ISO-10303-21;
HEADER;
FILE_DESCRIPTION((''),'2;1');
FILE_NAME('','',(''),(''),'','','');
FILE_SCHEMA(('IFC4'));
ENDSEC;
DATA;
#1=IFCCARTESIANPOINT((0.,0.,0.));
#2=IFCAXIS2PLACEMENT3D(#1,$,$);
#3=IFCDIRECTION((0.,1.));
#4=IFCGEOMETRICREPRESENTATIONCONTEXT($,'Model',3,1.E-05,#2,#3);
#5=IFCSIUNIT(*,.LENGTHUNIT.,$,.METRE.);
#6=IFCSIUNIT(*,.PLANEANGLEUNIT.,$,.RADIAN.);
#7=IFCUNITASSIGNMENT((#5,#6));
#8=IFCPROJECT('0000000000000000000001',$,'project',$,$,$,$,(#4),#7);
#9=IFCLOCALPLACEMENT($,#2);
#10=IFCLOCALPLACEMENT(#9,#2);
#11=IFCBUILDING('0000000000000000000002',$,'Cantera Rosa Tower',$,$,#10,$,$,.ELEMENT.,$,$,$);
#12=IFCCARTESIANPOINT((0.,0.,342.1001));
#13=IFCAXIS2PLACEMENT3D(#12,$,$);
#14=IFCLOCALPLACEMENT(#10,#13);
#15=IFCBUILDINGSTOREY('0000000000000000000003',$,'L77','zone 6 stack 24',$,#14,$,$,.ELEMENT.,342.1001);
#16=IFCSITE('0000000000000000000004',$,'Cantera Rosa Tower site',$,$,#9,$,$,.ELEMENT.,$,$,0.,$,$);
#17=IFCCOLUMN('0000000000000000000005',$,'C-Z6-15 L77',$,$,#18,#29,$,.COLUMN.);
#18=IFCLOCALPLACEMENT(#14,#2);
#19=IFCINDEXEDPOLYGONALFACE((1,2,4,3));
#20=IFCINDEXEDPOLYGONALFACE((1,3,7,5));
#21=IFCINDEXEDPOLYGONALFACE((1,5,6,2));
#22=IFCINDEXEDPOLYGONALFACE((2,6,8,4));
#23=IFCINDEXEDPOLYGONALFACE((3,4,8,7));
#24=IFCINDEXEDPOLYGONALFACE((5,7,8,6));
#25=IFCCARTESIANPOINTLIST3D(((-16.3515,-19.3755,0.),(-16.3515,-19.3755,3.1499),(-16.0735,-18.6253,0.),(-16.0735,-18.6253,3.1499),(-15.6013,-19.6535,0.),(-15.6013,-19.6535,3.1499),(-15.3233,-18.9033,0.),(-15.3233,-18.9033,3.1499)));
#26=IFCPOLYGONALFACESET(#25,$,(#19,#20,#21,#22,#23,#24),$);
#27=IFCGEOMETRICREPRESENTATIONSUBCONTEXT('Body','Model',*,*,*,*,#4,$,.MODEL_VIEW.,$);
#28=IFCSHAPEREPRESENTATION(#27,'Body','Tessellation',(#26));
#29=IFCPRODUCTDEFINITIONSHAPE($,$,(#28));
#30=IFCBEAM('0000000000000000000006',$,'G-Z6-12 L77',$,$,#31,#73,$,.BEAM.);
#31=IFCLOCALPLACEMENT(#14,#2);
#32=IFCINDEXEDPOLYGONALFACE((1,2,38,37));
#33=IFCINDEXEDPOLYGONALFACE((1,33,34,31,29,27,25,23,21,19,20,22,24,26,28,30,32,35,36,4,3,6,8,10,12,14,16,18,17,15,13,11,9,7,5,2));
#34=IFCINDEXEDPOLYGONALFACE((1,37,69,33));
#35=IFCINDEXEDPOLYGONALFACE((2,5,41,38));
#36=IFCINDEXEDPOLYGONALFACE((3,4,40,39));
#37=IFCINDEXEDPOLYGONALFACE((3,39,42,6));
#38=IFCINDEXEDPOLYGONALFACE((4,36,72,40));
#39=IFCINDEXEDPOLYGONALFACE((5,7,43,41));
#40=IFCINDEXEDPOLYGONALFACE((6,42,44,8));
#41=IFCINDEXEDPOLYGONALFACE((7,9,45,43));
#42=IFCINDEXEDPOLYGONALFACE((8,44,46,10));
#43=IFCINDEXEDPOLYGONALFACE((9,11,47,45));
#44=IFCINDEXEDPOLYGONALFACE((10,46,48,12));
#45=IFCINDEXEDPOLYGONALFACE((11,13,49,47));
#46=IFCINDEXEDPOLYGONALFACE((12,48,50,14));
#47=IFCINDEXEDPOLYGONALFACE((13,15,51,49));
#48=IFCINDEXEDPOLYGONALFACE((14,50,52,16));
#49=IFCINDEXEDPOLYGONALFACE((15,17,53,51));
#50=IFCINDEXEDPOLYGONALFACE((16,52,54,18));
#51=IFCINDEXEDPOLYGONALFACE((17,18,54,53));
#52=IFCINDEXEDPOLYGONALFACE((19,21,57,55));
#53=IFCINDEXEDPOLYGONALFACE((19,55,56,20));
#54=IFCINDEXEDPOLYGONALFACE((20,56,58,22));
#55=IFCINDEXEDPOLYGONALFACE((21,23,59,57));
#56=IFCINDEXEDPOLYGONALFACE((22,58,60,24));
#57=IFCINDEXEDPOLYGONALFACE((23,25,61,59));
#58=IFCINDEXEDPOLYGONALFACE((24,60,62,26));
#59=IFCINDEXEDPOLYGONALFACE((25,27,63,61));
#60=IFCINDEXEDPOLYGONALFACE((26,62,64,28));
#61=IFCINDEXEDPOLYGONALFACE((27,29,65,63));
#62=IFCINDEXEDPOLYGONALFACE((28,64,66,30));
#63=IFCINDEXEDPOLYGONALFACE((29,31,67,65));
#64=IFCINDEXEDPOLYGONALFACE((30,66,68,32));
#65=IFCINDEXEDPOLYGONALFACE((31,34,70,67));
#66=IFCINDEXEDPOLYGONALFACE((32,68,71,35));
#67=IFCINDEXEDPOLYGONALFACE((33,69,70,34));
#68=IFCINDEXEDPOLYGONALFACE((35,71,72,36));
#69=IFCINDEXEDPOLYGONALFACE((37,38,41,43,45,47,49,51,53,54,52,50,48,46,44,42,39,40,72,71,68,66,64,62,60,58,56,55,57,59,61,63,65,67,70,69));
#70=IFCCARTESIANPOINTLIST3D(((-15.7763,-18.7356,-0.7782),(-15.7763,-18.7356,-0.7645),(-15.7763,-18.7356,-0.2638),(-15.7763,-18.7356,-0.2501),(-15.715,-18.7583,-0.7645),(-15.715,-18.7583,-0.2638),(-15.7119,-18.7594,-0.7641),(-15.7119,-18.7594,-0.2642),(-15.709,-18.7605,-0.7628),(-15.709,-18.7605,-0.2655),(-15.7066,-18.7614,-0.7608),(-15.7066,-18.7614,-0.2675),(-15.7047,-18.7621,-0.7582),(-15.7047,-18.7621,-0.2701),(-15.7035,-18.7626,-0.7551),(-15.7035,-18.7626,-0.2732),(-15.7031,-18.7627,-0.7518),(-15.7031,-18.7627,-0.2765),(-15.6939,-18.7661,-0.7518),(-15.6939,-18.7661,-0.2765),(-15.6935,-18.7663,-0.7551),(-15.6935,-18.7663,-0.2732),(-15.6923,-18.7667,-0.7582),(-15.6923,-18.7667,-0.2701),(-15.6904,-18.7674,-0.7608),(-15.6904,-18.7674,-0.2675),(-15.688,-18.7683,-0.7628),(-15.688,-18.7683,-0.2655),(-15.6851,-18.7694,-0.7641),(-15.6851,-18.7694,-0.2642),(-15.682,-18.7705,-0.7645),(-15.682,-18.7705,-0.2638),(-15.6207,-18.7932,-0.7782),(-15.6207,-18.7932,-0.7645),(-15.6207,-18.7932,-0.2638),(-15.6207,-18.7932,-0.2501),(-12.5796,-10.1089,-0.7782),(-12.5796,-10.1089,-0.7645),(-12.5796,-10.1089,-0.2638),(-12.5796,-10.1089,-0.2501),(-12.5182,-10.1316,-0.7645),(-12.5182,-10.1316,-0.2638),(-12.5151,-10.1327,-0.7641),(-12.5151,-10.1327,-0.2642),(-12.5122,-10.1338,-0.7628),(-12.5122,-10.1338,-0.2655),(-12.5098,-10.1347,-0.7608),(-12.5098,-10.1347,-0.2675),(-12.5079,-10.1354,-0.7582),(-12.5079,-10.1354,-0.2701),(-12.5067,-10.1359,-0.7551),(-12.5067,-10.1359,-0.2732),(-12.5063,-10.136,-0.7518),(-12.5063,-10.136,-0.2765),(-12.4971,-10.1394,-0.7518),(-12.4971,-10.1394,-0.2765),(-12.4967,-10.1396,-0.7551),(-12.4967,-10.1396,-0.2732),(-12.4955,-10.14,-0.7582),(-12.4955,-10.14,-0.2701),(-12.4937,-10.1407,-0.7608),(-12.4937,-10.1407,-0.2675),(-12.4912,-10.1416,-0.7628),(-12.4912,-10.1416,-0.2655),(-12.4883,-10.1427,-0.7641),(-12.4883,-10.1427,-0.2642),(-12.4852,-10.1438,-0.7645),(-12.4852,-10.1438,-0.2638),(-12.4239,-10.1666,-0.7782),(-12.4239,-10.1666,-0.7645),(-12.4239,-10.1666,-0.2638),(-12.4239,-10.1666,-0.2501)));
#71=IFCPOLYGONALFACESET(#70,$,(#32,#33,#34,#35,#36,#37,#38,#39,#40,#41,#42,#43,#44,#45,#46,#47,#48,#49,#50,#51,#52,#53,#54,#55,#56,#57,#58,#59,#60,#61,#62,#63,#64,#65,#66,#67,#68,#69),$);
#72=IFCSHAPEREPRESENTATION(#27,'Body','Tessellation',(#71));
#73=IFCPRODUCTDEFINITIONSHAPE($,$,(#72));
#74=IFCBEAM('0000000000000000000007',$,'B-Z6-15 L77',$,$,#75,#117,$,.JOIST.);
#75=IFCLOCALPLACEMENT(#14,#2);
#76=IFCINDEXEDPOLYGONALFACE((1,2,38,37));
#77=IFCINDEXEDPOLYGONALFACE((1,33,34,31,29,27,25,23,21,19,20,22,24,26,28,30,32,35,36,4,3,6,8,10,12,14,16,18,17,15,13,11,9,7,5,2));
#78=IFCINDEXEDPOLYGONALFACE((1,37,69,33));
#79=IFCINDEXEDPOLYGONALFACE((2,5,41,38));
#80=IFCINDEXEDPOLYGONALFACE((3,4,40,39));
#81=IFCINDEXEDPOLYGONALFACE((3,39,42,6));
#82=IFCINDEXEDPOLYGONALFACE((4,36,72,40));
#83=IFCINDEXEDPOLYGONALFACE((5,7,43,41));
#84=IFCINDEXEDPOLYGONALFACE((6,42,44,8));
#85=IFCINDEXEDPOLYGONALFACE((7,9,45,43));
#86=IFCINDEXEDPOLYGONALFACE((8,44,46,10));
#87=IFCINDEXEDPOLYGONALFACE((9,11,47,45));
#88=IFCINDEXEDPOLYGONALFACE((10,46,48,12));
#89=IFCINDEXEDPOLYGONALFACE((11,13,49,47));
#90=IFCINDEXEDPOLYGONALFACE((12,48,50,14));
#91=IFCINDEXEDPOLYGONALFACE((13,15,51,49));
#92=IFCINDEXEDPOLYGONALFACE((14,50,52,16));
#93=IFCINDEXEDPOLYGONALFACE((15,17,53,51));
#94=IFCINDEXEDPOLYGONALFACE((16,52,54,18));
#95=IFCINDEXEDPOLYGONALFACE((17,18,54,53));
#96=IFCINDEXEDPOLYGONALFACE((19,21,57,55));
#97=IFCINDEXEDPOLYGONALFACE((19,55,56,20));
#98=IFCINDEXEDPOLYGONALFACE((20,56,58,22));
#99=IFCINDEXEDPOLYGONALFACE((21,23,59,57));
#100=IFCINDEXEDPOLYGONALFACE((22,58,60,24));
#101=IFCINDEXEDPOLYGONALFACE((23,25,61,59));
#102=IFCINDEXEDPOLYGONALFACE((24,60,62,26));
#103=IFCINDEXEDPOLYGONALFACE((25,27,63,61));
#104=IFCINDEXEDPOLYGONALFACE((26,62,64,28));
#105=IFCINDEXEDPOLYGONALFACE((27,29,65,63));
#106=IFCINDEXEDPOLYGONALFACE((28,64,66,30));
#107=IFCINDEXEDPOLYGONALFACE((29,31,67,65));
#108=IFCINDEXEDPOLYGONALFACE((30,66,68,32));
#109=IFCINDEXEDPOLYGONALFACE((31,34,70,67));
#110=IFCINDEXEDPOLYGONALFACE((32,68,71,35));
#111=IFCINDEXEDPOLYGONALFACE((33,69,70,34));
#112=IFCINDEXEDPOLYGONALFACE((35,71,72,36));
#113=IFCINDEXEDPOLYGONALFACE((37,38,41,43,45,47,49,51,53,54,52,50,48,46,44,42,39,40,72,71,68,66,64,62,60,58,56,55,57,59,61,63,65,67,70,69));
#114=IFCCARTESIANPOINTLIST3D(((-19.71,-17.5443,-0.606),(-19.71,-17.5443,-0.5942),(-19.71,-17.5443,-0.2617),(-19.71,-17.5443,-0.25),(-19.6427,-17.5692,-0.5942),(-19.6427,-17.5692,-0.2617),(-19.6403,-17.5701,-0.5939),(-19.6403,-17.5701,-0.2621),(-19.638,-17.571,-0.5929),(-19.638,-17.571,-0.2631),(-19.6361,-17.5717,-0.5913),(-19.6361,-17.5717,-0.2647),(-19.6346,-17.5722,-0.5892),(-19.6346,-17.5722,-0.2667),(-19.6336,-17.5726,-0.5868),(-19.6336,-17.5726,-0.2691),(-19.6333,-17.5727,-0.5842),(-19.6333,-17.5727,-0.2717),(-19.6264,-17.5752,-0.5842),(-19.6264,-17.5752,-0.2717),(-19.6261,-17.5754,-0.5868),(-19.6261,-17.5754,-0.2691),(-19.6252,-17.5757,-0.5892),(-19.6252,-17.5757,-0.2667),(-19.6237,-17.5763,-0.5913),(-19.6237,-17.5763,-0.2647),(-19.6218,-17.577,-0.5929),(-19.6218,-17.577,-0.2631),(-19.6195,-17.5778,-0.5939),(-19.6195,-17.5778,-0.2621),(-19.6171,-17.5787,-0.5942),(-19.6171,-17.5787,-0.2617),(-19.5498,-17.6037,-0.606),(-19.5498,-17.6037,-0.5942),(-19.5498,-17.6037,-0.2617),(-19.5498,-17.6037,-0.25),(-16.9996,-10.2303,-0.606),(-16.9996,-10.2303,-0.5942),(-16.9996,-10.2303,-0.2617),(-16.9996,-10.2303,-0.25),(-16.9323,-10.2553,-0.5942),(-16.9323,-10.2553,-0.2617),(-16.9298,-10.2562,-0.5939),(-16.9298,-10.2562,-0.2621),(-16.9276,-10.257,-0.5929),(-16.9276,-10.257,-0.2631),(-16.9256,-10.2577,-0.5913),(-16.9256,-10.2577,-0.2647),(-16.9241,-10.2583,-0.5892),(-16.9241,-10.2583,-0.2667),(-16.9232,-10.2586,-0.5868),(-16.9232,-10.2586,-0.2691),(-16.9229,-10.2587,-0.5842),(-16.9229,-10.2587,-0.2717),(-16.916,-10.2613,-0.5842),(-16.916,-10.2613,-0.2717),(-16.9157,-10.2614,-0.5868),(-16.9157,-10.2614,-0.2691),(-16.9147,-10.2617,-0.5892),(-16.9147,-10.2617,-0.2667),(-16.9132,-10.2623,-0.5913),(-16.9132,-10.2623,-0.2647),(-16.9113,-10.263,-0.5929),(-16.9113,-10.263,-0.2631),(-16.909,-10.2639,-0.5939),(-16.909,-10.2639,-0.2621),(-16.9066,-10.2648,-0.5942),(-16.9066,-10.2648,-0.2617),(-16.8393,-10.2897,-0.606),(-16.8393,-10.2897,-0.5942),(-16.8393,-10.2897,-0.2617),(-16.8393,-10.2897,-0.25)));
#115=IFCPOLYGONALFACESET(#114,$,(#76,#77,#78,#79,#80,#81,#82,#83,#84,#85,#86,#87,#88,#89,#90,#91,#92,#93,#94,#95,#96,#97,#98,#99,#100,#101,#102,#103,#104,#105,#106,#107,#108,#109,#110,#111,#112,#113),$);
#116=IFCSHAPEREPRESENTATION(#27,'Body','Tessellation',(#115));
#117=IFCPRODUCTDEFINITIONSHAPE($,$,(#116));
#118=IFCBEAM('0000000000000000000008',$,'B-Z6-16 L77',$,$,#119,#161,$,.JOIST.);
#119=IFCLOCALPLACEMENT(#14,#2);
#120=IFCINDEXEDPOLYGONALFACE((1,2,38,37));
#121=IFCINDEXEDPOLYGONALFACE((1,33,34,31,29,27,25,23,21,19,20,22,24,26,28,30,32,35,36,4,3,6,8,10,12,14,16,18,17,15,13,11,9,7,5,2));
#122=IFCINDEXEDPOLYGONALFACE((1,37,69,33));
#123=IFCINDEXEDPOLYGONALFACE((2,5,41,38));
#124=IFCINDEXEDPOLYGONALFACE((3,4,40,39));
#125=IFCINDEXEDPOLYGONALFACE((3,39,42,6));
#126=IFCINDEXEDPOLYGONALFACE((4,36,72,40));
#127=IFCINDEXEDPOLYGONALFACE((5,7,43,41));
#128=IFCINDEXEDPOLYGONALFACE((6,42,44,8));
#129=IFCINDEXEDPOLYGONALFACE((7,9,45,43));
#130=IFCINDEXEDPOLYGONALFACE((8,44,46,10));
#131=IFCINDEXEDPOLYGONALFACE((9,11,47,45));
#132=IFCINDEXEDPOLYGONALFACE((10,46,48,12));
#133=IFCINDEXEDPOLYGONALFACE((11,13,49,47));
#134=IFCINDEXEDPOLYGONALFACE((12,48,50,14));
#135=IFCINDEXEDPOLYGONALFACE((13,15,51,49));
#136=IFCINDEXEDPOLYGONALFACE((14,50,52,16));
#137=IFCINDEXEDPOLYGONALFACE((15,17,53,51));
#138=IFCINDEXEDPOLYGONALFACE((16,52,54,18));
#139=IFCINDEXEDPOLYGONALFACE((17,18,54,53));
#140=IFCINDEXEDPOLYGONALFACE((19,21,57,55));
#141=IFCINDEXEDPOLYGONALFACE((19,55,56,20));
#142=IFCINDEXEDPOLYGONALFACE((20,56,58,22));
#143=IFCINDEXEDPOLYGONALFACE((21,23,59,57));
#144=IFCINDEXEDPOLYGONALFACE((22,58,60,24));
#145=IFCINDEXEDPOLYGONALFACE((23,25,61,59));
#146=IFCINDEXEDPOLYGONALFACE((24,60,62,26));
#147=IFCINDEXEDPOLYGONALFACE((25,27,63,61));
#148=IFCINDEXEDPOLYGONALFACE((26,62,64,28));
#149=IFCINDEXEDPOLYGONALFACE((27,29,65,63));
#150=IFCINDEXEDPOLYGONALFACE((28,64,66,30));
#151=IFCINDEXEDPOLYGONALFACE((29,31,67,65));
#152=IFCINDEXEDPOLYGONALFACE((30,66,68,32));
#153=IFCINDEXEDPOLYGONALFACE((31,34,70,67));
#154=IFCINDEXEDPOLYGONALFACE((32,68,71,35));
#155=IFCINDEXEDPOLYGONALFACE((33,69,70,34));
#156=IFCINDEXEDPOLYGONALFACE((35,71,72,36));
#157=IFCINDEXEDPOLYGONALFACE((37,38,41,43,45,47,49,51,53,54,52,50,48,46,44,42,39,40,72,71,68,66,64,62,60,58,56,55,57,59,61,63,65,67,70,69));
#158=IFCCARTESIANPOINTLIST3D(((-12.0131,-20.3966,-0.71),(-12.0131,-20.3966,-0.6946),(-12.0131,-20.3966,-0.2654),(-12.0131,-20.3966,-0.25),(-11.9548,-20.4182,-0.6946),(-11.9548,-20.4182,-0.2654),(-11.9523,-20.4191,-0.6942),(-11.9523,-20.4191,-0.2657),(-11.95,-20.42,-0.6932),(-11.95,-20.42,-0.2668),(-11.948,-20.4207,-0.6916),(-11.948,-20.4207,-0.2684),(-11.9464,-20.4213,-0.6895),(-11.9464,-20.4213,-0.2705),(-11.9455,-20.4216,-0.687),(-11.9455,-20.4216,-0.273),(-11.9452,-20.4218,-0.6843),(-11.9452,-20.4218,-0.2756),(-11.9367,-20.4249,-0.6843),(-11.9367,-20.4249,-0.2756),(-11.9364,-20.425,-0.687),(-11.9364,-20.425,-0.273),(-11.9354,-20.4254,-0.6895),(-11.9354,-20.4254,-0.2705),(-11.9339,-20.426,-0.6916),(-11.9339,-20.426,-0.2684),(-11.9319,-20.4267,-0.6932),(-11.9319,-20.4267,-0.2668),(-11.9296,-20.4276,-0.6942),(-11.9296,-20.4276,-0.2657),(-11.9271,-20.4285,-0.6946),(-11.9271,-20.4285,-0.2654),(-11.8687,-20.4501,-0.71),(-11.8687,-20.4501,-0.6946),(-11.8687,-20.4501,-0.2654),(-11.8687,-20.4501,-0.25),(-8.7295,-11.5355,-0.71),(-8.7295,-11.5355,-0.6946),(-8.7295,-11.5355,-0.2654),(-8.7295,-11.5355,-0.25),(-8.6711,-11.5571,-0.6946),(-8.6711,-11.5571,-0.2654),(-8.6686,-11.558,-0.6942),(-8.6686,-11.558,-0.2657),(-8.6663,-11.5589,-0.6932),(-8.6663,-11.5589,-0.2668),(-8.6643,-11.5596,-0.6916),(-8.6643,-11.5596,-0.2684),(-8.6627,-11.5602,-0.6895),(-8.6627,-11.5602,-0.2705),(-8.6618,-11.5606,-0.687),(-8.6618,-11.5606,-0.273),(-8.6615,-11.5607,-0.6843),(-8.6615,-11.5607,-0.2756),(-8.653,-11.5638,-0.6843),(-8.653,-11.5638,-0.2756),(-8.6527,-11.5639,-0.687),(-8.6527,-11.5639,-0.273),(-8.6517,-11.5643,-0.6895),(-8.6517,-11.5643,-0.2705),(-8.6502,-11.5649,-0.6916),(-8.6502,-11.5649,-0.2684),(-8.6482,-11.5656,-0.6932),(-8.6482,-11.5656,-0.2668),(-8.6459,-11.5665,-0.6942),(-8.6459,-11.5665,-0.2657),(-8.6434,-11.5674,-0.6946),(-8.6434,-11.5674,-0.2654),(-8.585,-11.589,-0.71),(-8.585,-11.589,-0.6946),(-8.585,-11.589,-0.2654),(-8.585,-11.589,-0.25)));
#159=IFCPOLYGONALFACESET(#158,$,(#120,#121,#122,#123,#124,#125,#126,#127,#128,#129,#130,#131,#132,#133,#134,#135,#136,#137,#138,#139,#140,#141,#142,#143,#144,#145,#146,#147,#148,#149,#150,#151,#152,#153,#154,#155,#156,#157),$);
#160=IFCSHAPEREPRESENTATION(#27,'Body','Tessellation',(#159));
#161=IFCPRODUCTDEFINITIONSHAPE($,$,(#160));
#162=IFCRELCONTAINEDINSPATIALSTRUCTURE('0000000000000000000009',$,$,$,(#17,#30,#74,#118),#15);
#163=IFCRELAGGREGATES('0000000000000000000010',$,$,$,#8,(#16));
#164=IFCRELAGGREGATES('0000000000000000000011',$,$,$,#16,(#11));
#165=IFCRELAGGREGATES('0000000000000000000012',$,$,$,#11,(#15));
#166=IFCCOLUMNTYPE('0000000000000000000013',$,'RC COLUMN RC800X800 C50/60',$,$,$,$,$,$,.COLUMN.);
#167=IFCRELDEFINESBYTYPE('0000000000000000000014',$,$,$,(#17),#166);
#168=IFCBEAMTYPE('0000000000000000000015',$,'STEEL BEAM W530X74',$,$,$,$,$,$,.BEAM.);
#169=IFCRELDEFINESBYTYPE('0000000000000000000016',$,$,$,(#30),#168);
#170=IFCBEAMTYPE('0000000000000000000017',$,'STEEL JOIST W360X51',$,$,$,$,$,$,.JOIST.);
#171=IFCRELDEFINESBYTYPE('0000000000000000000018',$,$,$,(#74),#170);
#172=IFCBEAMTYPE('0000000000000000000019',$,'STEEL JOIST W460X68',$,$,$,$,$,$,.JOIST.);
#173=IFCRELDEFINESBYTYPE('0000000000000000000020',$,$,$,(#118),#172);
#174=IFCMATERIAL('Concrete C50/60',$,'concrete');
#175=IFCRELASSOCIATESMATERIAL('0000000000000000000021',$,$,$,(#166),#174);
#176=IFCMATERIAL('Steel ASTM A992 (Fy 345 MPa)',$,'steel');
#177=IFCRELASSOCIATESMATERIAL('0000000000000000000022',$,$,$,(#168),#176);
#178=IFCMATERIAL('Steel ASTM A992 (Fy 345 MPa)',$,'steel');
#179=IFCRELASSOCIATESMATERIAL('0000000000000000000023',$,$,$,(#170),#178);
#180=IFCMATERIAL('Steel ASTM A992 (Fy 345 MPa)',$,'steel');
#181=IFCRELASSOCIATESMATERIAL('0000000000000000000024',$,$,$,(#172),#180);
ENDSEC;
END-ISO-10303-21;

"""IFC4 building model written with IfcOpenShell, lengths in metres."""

from ifc_helpers import new_model, si_unit, direction, frame, origin, origin_2d, place, context, subcontext, project, spatial, rectangle, i_section, extrude, material, material_profile, profile_set, type_object, element, save


model = new_model("IFC4")

# Units and contexts
model_context = context("Model", 3, precision=1e-05, world=origin(), true_north=direction((0.0, 1.0)))
body_context = subcontext(model_context, "Body", "Model", "MODEL_VIEW")
ifc_project = project(units=[si_unit("LENGTHUNIT", "METRE"), si_unit("PLANEANGLEUNIT", "RADIAN")], contexts=[model_context])

# Site, building, storey
site_placement = place(None, origin())
site = spatial("IfcSite", under=ifc_project, at=site_placement, Name="Cantera Rosa Tower site", CompositionType="ELEMENT", RefElevation=0.0)
building_placement = place(site_placement, origin())
building = spatial("IfcBuilding", under=site, at=building_placement, Name="Cantera Rosa Tower", CompositionType="ELEMENT")
storey_placement = place(building_placement, frame((0.0, 0.0, 342.1001)))
storey = spatial("IfcBuildingStorey", under=building, at=storey_placement, Name="L77", Description="zone 6 stack 24", CompositionType="ELEMENT", Elevation=342.1001)

# Column
ifc_material_1 = material(Name="Concrete C50/60", Category="concrete")
ifc_material_profile_1 = material_profile(ifc_material_1, rectangle(XDim=0.8, YDim=0.8, at=origin_2d()), Name="RC COLUMN RC800X800 C50/60")
ifc_profile_set_1 = profile_set([ifc_material_profile_1], Name="Concrete C50/60")
column_type = type_object("IfcColumnType", Name="RC COLUMN RC800X800 C50/60", PredefinedType="COLUMN", material=ifc_profile_set_1)
column_placement = place(storey_placement, frame((-15.8374, -19.1394, 0.0), z_axis=(0.0, 0.0, 1.0), x_axis=(0.347481, 0.937687, 0.0)))
element("IfcColumn", 1, at=column_placement, inside=storey, type_object=column_type, Name="C-Z6-15 L77", PredefinedType="COLUMN", context=body_context, shape_type="SweptSolid", body=[
    extrude(rectangle(XDim=0.8, YDim=0.8, at=origin_2d()), origin(), (0.0, 0.0, 1.0), 3.1499),
])

# Beams
ifc_material_2 = material(Name="Steel ASTM A992 (Fy 345 MPa)", Category="steel")
ifc_material_profile_2 = material_profile(ifc_material_2, i_section(OverallWidth=0.166, OverallDepth=0.5281, WebThickness=0.0098, FlangeThickness=0.0137, FilletRadius=0.0127, at=origin_2d()), Name="W530X74")
ifc_profile_set_2 = profile_set([ifc_material_profile_2], Name="Steel ASTM A992 (Fy 345 MPa)")
beam_type_1 = type_object("IfcBeamType", Name="STEEL BEAM W530X74", PredefinedType="BEAM", material=ifc_profile_set_2)
beam_1_placement = place(storey_placement, frame((-15.6985, -18.7644, -0.5142), z_axis=(0.347477, 0.937689, 0.0), x_axis=(-0.937689, 0.347477, 0.0)))
element("IfcBeam", 2, at=beam_1_placement, inside=storey, type_object=beam_type_1, Name="G-Z6-12 L77", PredefinedType="BEAM", context=body_context, shape_type="SweptSolid", body=[
    extrude(i_section(OverallWidth=0.166, OverallDepth=0.5281, WebThickness=0.0098, FlangeThickness=0.0137, FilletRadius=0.0127, at=origin_2d()), origin(), (0.0, 0.0, 1.0), 9.2),
])
ifc_material_3 = material(Name="Steel ASTM A992 (Fy 345 MPa)", Category="steel")
ifc_material_profile_3 = material_profile(ifc_material_3, i_section(OverallWidth=0.1709, OverallDepth=0.356, WebThickness=0.0073, FlangeThickness=0.0117, FilletRadius=0.01, at=origin_2d()), Name="W360X51")
ifc_profile_set_3 = profile_set([ifc_material_profile_3], Name="Steel ASTM A992 (Fy 345 MPa)")
beam_type_2 = type_object("IfcBeamType", Name="STEEL JOIST W360X51", PredefinedType="JOIST", material=ifc_profile_set_3)
beam_2_placement = place(storey_placement, frame((-19.6299, -17.574, -0.428), z_axis=(0.347492, 0.937683, 0.0), x_axis=(-0.937683, 0.347492, 0.0)))
element("IfcBeam", 3, at=beam_2_placement, inside=storey, type_object=beam_type_2, Name="B-Z6-15 L77", PredefinedType="JOIST", context=body_context, shape_type="SweptSolid", body=[
    extrude(i_section(OverallWidth=0.1709, OverallDepth=0.356, WebThickness=0.0073, FlangeThickness=0.0117, FilletRadius=0.01, at=origin_2d()), origin(), (0.0, 0.0, 1.0), 7.8),
])
ifc_material_4 = material(Name="Steel ASTM A992 (Fy 345 MPa)", Category="steel")
ifc_material_profile_4 = material_profile(ifc_material_4, i_section(OverallWidth=0.1541, OverallDepth=0.46, WebThickness=0.009, FlangeThickness=0.0154, FilletRadius=0.0103, at=origin_2d()), Name="W460X68")
ifc_profile_set_4 = profile_set([ifc_material_profile_4], Name="Steel ASTM A992 (Fy 345 MPa)")
beam_type_3 = type_object("IfcBeamType", Name="STEEL JOIST W460X68", PredefinedType="JOIST", material=ifc_profile_set_4)
beam_3_placement = place(storey_placement, frame((-11.9409, -20.4233, -0.48), z_axis=(0.347483, 0.937686, 0.0), x_axis=(-0.937686, 0.347483, 0.0)))
element("IfcBeam", 4, at=beam_3_placement, inside=storey, type_object=beam_type_3, Name="B-Z6-16 L77", PredefinedType="JOIST", context=body_context, shape_type="SweptSolid", body=[
    extrude(i_section(OverallWidth=0.1541, OverallDepth=0.46, WebThickness=0.009, FlangeThickness=0.0154, FilletRadius=0.0103, at=origin_2d()), origin(), (0.0, 0.0, 1.0), 9.45),
])

save(model, "model.ifc")
